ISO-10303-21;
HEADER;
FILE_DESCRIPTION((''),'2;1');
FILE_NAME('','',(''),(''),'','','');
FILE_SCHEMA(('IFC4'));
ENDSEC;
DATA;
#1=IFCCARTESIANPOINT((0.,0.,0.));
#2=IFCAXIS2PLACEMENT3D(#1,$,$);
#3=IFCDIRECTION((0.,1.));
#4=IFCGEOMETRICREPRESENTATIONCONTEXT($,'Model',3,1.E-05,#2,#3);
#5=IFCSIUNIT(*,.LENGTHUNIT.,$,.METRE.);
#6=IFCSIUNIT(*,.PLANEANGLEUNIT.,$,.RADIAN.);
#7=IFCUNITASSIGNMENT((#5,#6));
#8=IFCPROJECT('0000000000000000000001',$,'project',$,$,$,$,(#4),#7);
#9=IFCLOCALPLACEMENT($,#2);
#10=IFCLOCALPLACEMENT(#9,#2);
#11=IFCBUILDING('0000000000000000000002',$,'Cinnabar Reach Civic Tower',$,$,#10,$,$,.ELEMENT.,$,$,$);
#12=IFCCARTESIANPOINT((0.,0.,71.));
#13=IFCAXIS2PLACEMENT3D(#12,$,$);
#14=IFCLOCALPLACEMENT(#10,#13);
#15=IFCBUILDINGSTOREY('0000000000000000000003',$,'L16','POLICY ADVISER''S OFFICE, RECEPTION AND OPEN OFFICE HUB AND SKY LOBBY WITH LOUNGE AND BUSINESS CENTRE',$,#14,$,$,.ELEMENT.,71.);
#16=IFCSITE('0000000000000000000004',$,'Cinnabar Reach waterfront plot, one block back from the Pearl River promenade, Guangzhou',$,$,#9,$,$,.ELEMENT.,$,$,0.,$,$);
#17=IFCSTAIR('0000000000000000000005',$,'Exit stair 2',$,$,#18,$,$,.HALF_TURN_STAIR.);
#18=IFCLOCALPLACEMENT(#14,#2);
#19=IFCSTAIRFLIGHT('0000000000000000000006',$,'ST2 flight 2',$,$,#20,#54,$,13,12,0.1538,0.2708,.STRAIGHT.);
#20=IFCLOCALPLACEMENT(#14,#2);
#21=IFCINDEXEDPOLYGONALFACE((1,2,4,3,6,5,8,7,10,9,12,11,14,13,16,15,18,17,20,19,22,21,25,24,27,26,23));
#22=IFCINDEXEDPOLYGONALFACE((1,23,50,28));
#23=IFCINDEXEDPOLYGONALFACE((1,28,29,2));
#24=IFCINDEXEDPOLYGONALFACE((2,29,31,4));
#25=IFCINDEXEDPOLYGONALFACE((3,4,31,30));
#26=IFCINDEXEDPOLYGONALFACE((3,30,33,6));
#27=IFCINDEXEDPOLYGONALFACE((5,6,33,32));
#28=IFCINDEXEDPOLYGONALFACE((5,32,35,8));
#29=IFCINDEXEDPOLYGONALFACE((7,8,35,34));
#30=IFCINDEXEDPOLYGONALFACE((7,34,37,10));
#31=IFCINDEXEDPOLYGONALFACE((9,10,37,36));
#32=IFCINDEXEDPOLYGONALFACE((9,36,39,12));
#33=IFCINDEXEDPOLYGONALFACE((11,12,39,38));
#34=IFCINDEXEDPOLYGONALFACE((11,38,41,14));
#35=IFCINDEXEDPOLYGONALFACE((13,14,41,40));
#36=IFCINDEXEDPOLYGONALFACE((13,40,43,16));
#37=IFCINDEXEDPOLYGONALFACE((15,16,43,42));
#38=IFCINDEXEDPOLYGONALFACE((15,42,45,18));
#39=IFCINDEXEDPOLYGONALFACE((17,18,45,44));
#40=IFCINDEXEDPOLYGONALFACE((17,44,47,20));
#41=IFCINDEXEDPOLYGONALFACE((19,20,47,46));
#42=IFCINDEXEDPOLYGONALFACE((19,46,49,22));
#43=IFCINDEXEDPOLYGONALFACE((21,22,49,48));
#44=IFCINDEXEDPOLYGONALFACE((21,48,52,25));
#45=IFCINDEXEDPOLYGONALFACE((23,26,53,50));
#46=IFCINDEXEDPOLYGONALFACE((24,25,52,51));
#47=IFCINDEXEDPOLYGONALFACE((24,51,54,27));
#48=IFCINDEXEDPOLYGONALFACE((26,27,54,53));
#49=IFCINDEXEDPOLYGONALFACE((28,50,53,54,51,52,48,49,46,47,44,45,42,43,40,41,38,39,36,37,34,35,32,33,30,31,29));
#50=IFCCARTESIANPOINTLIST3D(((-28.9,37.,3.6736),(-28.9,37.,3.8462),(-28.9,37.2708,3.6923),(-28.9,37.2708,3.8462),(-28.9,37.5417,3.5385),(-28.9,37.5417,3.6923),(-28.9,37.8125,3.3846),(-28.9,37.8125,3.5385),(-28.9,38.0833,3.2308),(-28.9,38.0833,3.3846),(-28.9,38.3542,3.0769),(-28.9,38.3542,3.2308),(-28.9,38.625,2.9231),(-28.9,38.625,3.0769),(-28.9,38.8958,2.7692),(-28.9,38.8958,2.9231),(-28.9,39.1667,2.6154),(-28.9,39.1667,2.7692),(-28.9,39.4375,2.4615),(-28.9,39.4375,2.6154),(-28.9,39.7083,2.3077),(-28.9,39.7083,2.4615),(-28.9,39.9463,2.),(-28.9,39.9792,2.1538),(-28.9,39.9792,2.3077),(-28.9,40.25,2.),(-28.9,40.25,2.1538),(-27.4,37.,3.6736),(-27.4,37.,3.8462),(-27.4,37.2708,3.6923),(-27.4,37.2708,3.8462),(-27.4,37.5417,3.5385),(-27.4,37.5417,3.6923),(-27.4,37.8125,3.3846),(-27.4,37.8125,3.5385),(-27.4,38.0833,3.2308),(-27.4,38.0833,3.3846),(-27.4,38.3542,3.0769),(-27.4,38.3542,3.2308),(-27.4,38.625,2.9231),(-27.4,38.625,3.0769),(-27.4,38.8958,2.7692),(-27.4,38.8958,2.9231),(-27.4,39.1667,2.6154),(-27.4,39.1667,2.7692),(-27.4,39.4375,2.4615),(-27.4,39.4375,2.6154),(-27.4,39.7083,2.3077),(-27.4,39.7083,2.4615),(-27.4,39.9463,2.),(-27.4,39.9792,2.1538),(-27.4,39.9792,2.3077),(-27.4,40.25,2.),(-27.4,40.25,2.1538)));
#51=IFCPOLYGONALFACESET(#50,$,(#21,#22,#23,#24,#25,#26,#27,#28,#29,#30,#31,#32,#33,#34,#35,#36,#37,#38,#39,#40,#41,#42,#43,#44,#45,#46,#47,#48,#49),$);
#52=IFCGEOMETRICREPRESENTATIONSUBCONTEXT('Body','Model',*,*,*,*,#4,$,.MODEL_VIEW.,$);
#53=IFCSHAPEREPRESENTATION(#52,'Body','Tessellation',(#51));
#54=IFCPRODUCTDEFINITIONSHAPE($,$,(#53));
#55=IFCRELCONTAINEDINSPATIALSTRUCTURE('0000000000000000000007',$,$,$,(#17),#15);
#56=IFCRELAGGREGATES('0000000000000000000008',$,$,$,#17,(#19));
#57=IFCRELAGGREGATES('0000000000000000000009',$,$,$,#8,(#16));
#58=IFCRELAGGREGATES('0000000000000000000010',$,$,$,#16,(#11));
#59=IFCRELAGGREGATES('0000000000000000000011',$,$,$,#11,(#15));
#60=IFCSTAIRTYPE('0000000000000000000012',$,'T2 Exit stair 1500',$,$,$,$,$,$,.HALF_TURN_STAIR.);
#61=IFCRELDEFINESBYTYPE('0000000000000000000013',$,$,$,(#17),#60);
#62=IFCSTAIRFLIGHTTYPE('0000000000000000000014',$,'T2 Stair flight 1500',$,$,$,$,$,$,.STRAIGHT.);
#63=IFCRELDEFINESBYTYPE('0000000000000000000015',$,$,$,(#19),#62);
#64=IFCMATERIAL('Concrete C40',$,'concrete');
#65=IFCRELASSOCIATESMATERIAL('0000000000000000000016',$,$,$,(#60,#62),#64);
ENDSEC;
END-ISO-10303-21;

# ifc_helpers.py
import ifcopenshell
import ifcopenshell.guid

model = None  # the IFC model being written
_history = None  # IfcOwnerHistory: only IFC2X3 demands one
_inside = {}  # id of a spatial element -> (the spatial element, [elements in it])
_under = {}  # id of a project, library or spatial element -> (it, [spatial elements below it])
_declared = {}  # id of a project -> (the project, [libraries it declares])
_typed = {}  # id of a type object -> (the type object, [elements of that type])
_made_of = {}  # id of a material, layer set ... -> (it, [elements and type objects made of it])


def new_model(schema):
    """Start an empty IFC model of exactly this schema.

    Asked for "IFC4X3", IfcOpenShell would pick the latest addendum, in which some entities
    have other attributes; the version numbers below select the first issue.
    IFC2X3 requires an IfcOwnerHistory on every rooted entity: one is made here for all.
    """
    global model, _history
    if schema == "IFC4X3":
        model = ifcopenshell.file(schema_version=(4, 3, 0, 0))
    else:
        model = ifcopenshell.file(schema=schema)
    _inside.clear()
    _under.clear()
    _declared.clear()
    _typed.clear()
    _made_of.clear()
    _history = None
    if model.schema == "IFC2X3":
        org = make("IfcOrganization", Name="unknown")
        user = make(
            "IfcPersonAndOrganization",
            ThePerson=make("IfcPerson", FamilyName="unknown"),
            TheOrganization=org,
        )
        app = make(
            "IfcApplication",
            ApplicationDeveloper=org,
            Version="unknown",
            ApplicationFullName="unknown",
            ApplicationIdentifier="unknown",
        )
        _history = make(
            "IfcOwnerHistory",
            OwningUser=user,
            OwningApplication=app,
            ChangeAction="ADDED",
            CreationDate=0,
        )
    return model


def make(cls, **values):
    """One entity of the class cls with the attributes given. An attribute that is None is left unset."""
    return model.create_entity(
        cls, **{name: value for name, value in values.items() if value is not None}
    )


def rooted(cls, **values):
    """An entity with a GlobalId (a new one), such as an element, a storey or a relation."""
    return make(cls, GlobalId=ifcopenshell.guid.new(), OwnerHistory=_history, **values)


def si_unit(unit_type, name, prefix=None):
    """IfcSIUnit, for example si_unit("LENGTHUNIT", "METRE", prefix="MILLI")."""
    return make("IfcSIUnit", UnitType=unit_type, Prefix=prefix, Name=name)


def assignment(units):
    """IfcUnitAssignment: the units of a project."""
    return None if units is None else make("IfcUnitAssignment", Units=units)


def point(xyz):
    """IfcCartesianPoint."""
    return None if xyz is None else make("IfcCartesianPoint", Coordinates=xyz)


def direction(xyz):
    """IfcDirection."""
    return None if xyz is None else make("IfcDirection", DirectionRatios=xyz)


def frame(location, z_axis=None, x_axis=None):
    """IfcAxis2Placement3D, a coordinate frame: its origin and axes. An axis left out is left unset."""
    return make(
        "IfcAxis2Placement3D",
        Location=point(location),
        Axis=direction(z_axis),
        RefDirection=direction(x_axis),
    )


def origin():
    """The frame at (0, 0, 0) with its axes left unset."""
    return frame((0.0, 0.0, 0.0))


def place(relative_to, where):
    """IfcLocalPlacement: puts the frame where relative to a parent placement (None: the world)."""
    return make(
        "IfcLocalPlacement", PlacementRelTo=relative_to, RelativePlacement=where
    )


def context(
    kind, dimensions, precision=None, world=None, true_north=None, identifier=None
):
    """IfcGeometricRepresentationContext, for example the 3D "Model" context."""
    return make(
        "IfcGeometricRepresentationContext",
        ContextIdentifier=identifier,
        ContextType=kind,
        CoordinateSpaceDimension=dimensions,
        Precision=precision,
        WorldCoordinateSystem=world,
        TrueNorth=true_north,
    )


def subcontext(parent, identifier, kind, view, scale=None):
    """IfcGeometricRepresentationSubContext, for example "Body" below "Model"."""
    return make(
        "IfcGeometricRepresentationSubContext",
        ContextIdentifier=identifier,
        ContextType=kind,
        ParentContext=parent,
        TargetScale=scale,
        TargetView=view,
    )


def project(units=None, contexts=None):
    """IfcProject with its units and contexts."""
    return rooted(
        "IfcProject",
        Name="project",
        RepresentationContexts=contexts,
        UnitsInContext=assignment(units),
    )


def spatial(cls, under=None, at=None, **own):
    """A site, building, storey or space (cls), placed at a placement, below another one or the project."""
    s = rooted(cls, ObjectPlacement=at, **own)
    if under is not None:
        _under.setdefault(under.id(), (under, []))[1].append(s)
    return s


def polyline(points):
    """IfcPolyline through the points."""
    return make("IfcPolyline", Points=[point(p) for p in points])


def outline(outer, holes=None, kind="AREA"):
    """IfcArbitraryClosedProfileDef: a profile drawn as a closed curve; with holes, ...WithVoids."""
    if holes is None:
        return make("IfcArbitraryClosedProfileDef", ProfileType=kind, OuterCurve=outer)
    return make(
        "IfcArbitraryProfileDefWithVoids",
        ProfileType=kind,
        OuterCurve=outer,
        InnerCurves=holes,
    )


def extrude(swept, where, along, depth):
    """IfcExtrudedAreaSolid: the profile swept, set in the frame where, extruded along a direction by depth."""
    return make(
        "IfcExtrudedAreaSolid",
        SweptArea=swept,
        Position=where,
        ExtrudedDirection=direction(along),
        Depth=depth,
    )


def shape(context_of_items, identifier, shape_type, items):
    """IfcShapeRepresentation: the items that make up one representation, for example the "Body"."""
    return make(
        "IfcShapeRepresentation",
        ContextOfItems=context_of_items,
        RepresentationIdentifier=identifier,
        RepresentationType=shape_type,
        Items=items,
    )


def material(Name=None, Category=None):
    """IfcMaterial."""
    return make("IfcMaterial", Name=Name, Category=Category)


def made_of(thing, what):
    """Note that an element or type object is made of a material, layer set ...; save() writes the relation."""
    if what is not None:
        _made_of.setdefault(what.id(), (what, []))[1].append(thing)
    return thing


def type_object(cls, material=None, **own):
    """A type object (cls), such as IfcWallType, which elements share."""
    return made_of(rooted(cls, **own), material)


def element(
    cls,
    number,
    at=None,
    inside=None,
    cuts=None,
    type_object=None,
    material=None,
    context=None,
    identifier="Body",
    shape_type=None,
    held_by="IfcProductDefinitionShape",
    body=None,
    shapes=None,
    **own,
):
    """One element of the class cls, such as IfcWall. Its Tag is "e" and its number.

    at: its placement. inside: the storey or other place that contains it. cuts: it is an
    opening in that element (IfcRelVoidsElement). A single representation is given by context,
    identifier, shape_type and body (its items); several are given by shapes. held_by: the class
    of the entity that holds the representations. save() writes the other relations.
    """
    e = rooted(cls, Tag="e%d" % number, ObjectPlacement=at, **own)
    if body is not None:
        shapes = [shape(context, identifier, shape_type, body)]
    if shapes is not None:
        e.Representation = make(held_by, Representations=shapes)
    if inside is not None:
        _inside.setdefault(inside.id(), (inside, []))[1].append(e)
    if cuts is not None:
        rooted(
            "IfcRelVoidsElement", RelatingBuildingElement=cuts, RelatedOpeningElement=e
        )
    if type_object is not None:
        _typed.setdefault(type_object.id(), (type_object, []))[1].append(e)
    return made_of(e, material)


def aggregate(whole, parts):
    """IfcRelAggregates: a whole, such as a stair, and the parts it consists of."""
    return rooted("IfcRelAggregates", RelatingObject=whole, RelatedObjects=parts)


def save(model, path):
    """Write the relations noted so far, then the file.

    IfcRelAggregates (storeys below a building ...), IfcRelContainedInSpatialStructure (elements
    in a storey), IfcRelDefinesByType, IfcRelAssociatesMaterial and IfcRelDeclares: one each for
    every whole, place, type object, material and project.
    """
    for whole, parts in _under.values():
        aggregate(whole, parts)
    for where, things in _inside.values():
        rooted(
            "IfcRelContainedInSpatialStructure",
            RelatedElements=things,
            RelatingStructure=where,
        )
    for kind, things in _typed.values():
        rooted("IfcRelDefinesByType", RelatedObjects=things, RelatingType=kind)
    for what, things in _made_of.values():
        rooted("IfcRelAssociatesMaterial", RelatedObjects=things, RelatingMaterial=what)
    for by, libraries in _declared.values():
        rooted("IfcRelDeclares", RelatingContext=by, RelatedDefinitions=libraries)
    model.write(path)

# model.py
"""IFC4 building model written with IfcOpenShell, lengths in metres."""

from ifc_helpers import new_model, si_unit, direction, frame, origin, place, context, subcontext, project, spatial, polyline, outline, extrude, material, type_object, element, aggregate, save


model = new_model("IFC4")

# Units and contexts
model_context = context("Model", 3, precision=1e-05, world=origin(), true_north=direction((0.0, 1.0)))
body_context = subcontext(model_context, "Body", "Model", "MODEL_VIEW")
ifc_project = project(units=[si_unit("LENGTHUNIT", "METRE"), si_unit("PLANEANGLEUNIT", "RADIAN")], contexts=[model_context])

# Site, building, storey
site_placement = place(None, origin())
site = spatial("IfcSite", under=ifc_project, at=site_placement, Name="Cinnabar Reach waterfront plot, one block back from the Pearl River promenade, Guangzhou", CompositionType="ELEMENT", RefElevation=0.0)
building_placement = place(site_placement, origin())
building = spatial("IfcBuilding", under=site, at=building_placement, Name="Cinnabar Reach Civic Tower", CompositionType="ELEMENT")
storey_placement = place(building_placement, frame((0.0, 0.0, 71.0)))
storey = spatial("IfcBuildingStorey", under=building, at=storey_placement, Name="L16", Description="POLICY ADVISER'S OFFICE, RECEPTION AND OPEN OFFICE HUB AND SKY LOBBY WITH LOUNGE AND BUSINESS CENTRE", CompositionType="ELEMENT", Elevation=71.0)

# Shared definitions
ifc_material_1 = material(Name="Concrete C40", Category="concrete")

# Stair, stair flight
stair_type = type_object("IfcStairType", Name="T2 Exit stair 1500", PredefinedType="HALF_TURN_STAIR", material=ifc_material_1)
stair_placement = place(storey_placement, origin())
stair = element("IfcStair", 1, at=stair_placement, inside=storey, type_object=stair_type, Name="Exit stair 2", PredefinedType="HALF_TURN_STAIR")
stair_flight_type = type_object("IfcStairFlightType", Name="T2 Stair flight 1500", PredefinedType="STRAIGHT", material=ifc_material_1)
stair_flight_1_placement = place(storey_placement, frame((-28.15, 40.25, 2.0), z_axis=(0.0, 0.0, 1.0), x_axis=(0.0, -1.0, 0.0)))
stair_flight_1 = element("IfcStairFlight", 2, at=stair_flight_1_placement, type_object=stair_flight_type, Name="ST2 flight 2", NumberOfRisers=13, NumberOfTreads=12, PredefinedType="STRAIGHT", RiserHeight=0.1538, TreadLength=0.2708, context=body_context, shape_type="SweptSolid", body=[
    extrude(outline(polyline([(0.0, 0.0), (0.0, 0.1538), (0.2708, 0.1538), (0.2708, 0.3077), (0.5417, 0.3077), (0.5417, 0.4615), (0.8125, 0.4615), (0.8125, 0.6154), (1.0833, 0.6154), (1.0833, 0.7692), (1.3542, 0.7692), (1.3542, 0.9231), (1.625, 0.9231), (1.625, 1.0769), (1.8958, 1.0769), (1.8958, 1.2308), (2.1667, 1.2308), (2.1667, 1.3846), (2.4375, 1.3846), (2.4375, 1.5385), (2.7083, 1.5385), (2.7083, 1.6923), (2.9792, 1.6923), (2.9792, 1.8462), (3.25, 1.8462), (3.25, 2.0), (3.25, 1.6736), (0.3037, 0.0), (0.0, 0.0)])), frame((0.0, 0.75, 0.0), z_axis=(0.0, -1.0, 0.0), x_axis=(1.0, 0.0, 0.0)), (0.0, 0.0, 1.0), 1.5),
])
aggregate(stair, [stair_flight_1])

save(model, "model.ifc")
